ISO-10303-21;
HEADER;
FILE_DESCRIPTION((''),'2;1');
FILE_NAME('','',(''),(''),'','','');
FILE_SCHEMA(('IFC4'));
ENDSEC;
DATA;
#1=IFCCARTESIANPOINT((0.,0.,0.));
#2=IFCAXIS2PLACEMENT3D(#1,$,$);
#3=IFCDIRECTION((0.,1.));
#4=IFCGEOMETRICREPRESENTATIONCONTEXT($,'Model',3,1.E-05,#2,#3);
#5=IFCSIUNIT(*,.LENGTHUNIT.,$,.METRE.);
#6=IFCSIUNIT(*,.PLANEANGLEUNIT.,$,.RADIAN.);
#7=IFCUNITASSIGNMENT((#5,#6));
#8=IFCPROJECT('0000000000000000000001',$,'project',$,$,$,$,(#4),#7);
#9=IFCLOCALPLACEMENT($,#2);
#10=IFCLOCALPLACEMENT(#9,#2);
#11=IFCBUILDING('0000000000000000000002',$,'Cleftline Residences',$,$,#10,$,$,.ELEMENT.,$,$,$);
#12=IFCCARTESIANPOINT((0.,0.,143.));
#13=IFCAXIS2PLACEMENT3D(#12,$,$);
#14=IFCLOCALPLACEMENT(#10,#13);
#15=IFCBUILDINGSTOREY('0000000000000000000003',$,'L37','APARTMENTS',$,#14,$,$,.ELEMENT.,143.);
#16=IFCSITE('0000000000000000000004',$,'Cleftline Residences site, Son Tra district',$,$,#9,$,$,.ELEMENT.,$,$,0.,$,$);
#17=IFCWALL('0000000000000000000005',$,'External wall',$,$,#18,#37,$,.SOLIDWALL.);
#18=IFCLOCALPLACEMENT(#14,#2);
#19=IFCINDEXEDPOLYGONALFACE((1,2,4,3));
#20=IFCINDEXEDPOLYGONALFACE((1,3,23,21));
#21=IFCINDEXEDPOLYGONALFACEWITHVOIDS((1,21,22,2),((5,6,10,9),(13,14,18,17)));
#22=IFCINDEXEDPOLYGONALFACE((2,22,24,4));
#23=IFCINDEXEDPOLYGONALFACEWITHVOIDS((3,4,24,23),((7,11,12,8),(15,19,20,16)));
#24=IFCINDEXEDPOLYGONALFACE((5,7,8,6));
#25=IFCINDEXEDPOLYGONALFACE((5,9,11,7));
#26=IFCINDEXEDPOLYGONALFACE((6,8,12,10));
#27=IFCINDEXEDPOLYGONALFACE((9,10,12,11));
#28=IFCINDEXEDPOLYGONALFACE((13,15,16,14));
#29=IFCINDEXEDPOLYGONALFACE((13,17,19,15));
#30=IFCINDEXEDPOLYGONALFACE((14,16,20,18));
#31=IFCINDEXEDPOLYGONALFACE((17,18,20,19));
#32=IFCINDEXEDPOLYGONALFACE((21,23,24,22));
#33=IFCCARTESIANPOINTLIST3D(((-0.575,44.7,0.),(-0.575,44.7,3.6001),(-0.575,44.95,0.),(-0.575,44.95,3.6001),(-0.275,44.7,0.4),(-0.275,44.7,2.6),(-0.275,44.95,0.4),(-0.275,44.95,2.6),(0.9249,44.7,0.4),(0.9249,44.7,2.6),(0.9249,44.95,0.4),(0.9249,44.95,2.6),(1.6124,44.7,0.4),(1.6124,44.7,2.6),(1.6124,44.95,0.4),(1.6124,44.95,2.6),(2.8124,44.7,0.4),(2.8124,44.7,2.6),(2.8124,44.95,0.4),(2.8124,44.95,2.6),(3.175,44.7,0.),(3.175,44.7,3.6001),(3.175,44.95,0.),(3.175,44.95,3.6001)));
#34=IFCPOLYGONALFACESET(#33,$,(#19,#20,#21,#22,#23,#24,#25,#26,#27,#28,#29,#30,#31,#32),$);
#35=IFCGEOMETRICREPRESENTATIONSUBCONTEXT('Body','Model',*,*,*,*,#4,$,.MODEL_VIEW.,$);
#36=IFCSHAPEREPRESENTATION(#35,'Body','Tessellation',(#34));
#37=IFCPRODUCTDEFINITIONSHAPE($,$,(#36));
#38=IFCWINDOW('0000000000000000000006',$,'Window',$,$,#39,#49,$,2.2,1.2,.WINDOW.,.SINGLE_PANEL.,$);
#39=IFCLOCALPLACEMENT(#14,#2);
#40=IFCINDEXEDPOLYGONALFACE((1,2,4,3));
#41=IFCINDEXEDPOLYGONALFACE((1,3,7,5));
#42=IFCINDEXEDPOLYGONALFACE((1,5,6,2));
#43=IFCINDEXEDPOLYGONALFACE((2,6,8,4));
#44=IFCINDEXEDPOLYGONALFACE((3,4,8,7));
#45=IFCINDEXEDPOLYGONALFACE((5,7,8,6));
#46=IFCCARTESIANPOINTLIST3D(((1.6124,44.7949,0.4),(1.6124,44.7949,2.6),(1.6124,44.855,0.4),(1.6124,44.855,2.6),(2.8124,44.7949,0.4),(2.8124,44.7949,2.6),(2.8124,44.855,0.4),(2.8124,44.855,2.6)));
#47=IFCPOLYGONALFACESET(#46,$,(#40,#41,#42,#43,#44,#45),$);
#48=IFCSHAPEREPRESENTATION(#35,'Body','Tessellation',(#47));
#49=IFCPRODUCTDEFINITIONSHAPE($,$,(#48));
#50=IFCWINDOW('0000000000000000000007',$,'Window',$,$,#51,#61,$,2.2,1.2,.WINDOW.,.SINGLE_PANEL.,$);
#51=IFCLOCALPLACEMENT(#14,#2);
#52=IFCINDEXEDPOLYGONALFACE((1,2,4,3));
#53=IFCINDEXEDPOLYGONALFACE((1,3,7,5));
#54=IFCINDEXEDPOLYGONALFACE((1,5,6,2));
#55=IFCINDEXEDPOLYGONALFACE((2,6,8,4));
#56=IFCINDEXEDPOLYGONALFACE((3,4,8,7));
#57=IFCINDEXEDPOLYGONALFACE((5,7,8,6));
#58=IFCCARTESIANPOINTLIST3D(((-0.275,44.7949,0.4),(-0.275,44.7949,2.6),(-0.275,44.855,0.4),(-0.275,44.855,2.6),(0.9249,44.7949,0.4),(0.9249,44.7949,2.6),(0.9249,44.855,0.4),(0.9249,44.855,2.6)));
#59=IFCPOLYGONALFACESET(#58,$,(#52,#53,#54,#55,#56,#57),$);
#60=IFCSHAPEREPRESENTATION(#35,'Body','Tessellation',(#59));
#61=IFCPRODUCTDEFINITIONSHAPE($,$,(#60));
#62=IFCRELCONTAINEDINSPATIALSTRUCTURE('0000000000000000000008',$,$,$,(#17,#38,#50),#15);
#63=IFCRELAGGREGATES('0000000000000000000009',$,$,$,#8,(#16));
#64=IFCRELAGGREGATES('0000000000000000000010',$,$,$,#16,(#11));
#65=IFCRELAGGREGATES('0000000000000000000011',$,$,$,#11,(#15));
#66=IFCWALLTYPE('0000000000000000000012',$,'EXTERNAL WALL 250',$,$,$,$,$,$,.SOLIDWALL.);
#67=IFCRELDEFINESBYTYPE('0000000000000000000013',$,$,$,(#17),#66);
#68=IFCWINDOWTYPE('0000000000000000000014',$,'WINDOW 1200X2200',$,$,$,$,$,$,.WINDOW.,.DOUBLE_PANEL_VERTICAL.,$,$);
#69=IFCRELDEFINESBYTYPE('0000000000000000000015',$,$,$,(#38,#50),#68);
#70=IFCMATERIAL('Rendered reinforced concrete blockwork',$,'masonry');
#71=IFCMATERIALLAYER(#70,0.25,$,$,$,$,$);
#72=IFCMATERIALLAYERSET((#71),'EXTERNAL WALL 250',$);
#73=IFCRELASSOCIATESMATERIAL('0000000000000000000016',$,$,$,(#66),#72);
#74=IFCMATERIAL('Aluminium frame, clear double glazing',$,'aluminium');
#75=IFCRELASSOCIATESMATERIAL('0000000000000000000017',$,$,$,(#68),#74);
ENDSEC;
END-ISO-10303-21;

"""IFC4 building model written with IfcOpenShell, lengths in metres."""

from ifc_helpers import new_model, si_unit, direction, frame, frame_2d, origin, place, context, subcontext, project, spatial, rectangle, extrude, material, layer, layer_set, type_object, element, fill, save


model = new_model("IFC4")

# Units and contexts
model_context = context("Model", 3, precision=1e-05, world=origin(), true_north=direction((0.0, 1.0)))
body_context = subcontext(model_context, "Body", "Model", "MODEL_VIEW")
ifc_project = project(units=[si_unit("LENGTHUNIT", "METRE"), si_unit("PLANEANGLEUNIT", "RADIAN")], contexts=[model_context])

# Site, building, storey
site_placement = place(None, origin())
site = spatial("IfcSite", under=ifc_project, at=site_placement, Name="Cleftline Residences site, Son Tra district", CompositionType="ELEMENT", RefElevation=0.0)
building_placement = place(site_placement, origin())
building = spatial("IfcBuilding", under=site, at=building_placement, Name="Cleftline Residences", CompositionType="ELEMENT")
storey_placement = place(building_placement, frame((0.0, 0.0, 143.0)))
storey = spatial("IfcBuildingStorey", under=building, at=storey_placement, Name="L37", Description="APARTMENTS", CompositionType="ELEMENT", Elevation=143.0)

# Shared definitions
ifc_material_1 = material(Name="Rendered reinforced concrete blockwork", Category="masonry")
ifc_layer_1 = layer(ifc_material_1, 0.25)
ifc_layer_set_1 = layer_set([ifc_layer_1], Name="EXTERNAL WALL 250")
wall_type = type_object("IfcWallType", Name="EXTERNAL WALL 250", PredefinedType="SOLIDWALL", material=ifc_layer_set_1)

# Wall, openings, windows
wall_1_placement = place(storey_placement, frame((3.175, 44.825, 0.0), z_axis=(0.0, 0.0, 1.0), x_axis=(-1.0, 0.0, 0.0)))
wall_1 = element("IfcWall", 1, at=wall_1_placement, inside=storey, type_object=wall_type, Name="External wall", PredefinedType="SOLIDWALL", context=body_context, shape_type="SweptSolid", body=[
    extrude(rectangle(XDim=3.75, YDim=0.25, at=frame_2d((1.875, 0.0))), origin(), (0.0, 0.0, 1.0), 3.6001),
])
opening_1_placement = place(wall_1_placement, frame((0.3625, 0.0, 0.3999)))
opening_1 = element("IfcOpeningElement", 2, at=opening_1_placement, cuts=wall_1, PredefinedType="OPENING", context=body_context, shape_type="SweptSolid", body=[
    extrude(rectangle(XDim=1.2, YDim=2.2, at=frame_2d((0.6001, 1.1001))), frame((0.0, 0.135, 0.0), z_axis=(0.0, -1.0, 0.0), x_axis=(1.0, 0.0, 0.0)), (0.0, 0.0, 1.0), 0.27),
])
opening_2_placement = place(wall_1_placement, frame((2.25, 0.0, 0.3999)))
opening_2 = element("IfcOpeningElement", 3, at=opening_2_placement, cuts=wall_1, PredefinedType="OPENING", context=body_context, shape_type="SweptSolid", body=[
    extrude(rectangle(XDim=1.2, YDim=2.2, at=frame_2d((0.6001, 1.1001))), frame((0.0, 0.135, 0.0), z_axis=(0.0, -1.0, 0.0), x_axis=(1.0, 0.0, 0.0)), (0.0, 0.0, 1.0), 0.27),
])
ifc_material_2 = material(Name="Aluminium frame, clear double glazing", Category="aluminium")
window_type_1 = type_object("IfcWindowType", Name="WINDOW 1200X2200", PartitioningType="DOUBLE_PANEL_VERTICAL", PredefinedType="WINDOW", material=ifc_material_2)
window_1_placement = place(opening_1_placement, origin())
window_1 = element("IfcWindow", 4, at=window_1_placement, inside=storey, type_object=window_type_1, Name="Window", OverallHeight=2.2, OverallWidth=1.2, PartitioningType="SINGLE_PANEL", PredefinedType="WINDOW", context=body_context, shape_type="SweptSolid", body=[
    extrude(rectangle(XDim=1.2, YDim=2.2, at=frame_2d((0.6001, 1.1001))), frame((0.0, 0.03, 0.0), z_axis=(0.0, -1.0, 0.0), x_axis=(1.0, 0.0, 0.0)), (0.0, 0.0, 1.0), 0.0601),
])
fill(opening_1, window_1)
window_2_placement = place(opening_2_placement, origin())
window_2 = element("IfcWindow", 5, at=window_2_placement, inside=storey, type_object=window_type_1, Name="Window", OverallHeight=2.2, OverallWidth=1.2, PartitioningType="SINGLE_PANEL", PredefinedType="WINDOW", context=body_context, shape_type="SweptSolid", body=[
    extrude(rectangle(XDim=1.2, YDim=2.2, at=frame_2d((0.6001, 1.1001))), frame((0.0, 0.03, 0.0), z_axis=(0.0, -1.0, 0.0), x_axis=(1.0, 0.0, 0.0)), (0.0, 0.0, 1.0), 0.0601),
])
fill(opening_2, window_2)

save(model, "model.ifc")
